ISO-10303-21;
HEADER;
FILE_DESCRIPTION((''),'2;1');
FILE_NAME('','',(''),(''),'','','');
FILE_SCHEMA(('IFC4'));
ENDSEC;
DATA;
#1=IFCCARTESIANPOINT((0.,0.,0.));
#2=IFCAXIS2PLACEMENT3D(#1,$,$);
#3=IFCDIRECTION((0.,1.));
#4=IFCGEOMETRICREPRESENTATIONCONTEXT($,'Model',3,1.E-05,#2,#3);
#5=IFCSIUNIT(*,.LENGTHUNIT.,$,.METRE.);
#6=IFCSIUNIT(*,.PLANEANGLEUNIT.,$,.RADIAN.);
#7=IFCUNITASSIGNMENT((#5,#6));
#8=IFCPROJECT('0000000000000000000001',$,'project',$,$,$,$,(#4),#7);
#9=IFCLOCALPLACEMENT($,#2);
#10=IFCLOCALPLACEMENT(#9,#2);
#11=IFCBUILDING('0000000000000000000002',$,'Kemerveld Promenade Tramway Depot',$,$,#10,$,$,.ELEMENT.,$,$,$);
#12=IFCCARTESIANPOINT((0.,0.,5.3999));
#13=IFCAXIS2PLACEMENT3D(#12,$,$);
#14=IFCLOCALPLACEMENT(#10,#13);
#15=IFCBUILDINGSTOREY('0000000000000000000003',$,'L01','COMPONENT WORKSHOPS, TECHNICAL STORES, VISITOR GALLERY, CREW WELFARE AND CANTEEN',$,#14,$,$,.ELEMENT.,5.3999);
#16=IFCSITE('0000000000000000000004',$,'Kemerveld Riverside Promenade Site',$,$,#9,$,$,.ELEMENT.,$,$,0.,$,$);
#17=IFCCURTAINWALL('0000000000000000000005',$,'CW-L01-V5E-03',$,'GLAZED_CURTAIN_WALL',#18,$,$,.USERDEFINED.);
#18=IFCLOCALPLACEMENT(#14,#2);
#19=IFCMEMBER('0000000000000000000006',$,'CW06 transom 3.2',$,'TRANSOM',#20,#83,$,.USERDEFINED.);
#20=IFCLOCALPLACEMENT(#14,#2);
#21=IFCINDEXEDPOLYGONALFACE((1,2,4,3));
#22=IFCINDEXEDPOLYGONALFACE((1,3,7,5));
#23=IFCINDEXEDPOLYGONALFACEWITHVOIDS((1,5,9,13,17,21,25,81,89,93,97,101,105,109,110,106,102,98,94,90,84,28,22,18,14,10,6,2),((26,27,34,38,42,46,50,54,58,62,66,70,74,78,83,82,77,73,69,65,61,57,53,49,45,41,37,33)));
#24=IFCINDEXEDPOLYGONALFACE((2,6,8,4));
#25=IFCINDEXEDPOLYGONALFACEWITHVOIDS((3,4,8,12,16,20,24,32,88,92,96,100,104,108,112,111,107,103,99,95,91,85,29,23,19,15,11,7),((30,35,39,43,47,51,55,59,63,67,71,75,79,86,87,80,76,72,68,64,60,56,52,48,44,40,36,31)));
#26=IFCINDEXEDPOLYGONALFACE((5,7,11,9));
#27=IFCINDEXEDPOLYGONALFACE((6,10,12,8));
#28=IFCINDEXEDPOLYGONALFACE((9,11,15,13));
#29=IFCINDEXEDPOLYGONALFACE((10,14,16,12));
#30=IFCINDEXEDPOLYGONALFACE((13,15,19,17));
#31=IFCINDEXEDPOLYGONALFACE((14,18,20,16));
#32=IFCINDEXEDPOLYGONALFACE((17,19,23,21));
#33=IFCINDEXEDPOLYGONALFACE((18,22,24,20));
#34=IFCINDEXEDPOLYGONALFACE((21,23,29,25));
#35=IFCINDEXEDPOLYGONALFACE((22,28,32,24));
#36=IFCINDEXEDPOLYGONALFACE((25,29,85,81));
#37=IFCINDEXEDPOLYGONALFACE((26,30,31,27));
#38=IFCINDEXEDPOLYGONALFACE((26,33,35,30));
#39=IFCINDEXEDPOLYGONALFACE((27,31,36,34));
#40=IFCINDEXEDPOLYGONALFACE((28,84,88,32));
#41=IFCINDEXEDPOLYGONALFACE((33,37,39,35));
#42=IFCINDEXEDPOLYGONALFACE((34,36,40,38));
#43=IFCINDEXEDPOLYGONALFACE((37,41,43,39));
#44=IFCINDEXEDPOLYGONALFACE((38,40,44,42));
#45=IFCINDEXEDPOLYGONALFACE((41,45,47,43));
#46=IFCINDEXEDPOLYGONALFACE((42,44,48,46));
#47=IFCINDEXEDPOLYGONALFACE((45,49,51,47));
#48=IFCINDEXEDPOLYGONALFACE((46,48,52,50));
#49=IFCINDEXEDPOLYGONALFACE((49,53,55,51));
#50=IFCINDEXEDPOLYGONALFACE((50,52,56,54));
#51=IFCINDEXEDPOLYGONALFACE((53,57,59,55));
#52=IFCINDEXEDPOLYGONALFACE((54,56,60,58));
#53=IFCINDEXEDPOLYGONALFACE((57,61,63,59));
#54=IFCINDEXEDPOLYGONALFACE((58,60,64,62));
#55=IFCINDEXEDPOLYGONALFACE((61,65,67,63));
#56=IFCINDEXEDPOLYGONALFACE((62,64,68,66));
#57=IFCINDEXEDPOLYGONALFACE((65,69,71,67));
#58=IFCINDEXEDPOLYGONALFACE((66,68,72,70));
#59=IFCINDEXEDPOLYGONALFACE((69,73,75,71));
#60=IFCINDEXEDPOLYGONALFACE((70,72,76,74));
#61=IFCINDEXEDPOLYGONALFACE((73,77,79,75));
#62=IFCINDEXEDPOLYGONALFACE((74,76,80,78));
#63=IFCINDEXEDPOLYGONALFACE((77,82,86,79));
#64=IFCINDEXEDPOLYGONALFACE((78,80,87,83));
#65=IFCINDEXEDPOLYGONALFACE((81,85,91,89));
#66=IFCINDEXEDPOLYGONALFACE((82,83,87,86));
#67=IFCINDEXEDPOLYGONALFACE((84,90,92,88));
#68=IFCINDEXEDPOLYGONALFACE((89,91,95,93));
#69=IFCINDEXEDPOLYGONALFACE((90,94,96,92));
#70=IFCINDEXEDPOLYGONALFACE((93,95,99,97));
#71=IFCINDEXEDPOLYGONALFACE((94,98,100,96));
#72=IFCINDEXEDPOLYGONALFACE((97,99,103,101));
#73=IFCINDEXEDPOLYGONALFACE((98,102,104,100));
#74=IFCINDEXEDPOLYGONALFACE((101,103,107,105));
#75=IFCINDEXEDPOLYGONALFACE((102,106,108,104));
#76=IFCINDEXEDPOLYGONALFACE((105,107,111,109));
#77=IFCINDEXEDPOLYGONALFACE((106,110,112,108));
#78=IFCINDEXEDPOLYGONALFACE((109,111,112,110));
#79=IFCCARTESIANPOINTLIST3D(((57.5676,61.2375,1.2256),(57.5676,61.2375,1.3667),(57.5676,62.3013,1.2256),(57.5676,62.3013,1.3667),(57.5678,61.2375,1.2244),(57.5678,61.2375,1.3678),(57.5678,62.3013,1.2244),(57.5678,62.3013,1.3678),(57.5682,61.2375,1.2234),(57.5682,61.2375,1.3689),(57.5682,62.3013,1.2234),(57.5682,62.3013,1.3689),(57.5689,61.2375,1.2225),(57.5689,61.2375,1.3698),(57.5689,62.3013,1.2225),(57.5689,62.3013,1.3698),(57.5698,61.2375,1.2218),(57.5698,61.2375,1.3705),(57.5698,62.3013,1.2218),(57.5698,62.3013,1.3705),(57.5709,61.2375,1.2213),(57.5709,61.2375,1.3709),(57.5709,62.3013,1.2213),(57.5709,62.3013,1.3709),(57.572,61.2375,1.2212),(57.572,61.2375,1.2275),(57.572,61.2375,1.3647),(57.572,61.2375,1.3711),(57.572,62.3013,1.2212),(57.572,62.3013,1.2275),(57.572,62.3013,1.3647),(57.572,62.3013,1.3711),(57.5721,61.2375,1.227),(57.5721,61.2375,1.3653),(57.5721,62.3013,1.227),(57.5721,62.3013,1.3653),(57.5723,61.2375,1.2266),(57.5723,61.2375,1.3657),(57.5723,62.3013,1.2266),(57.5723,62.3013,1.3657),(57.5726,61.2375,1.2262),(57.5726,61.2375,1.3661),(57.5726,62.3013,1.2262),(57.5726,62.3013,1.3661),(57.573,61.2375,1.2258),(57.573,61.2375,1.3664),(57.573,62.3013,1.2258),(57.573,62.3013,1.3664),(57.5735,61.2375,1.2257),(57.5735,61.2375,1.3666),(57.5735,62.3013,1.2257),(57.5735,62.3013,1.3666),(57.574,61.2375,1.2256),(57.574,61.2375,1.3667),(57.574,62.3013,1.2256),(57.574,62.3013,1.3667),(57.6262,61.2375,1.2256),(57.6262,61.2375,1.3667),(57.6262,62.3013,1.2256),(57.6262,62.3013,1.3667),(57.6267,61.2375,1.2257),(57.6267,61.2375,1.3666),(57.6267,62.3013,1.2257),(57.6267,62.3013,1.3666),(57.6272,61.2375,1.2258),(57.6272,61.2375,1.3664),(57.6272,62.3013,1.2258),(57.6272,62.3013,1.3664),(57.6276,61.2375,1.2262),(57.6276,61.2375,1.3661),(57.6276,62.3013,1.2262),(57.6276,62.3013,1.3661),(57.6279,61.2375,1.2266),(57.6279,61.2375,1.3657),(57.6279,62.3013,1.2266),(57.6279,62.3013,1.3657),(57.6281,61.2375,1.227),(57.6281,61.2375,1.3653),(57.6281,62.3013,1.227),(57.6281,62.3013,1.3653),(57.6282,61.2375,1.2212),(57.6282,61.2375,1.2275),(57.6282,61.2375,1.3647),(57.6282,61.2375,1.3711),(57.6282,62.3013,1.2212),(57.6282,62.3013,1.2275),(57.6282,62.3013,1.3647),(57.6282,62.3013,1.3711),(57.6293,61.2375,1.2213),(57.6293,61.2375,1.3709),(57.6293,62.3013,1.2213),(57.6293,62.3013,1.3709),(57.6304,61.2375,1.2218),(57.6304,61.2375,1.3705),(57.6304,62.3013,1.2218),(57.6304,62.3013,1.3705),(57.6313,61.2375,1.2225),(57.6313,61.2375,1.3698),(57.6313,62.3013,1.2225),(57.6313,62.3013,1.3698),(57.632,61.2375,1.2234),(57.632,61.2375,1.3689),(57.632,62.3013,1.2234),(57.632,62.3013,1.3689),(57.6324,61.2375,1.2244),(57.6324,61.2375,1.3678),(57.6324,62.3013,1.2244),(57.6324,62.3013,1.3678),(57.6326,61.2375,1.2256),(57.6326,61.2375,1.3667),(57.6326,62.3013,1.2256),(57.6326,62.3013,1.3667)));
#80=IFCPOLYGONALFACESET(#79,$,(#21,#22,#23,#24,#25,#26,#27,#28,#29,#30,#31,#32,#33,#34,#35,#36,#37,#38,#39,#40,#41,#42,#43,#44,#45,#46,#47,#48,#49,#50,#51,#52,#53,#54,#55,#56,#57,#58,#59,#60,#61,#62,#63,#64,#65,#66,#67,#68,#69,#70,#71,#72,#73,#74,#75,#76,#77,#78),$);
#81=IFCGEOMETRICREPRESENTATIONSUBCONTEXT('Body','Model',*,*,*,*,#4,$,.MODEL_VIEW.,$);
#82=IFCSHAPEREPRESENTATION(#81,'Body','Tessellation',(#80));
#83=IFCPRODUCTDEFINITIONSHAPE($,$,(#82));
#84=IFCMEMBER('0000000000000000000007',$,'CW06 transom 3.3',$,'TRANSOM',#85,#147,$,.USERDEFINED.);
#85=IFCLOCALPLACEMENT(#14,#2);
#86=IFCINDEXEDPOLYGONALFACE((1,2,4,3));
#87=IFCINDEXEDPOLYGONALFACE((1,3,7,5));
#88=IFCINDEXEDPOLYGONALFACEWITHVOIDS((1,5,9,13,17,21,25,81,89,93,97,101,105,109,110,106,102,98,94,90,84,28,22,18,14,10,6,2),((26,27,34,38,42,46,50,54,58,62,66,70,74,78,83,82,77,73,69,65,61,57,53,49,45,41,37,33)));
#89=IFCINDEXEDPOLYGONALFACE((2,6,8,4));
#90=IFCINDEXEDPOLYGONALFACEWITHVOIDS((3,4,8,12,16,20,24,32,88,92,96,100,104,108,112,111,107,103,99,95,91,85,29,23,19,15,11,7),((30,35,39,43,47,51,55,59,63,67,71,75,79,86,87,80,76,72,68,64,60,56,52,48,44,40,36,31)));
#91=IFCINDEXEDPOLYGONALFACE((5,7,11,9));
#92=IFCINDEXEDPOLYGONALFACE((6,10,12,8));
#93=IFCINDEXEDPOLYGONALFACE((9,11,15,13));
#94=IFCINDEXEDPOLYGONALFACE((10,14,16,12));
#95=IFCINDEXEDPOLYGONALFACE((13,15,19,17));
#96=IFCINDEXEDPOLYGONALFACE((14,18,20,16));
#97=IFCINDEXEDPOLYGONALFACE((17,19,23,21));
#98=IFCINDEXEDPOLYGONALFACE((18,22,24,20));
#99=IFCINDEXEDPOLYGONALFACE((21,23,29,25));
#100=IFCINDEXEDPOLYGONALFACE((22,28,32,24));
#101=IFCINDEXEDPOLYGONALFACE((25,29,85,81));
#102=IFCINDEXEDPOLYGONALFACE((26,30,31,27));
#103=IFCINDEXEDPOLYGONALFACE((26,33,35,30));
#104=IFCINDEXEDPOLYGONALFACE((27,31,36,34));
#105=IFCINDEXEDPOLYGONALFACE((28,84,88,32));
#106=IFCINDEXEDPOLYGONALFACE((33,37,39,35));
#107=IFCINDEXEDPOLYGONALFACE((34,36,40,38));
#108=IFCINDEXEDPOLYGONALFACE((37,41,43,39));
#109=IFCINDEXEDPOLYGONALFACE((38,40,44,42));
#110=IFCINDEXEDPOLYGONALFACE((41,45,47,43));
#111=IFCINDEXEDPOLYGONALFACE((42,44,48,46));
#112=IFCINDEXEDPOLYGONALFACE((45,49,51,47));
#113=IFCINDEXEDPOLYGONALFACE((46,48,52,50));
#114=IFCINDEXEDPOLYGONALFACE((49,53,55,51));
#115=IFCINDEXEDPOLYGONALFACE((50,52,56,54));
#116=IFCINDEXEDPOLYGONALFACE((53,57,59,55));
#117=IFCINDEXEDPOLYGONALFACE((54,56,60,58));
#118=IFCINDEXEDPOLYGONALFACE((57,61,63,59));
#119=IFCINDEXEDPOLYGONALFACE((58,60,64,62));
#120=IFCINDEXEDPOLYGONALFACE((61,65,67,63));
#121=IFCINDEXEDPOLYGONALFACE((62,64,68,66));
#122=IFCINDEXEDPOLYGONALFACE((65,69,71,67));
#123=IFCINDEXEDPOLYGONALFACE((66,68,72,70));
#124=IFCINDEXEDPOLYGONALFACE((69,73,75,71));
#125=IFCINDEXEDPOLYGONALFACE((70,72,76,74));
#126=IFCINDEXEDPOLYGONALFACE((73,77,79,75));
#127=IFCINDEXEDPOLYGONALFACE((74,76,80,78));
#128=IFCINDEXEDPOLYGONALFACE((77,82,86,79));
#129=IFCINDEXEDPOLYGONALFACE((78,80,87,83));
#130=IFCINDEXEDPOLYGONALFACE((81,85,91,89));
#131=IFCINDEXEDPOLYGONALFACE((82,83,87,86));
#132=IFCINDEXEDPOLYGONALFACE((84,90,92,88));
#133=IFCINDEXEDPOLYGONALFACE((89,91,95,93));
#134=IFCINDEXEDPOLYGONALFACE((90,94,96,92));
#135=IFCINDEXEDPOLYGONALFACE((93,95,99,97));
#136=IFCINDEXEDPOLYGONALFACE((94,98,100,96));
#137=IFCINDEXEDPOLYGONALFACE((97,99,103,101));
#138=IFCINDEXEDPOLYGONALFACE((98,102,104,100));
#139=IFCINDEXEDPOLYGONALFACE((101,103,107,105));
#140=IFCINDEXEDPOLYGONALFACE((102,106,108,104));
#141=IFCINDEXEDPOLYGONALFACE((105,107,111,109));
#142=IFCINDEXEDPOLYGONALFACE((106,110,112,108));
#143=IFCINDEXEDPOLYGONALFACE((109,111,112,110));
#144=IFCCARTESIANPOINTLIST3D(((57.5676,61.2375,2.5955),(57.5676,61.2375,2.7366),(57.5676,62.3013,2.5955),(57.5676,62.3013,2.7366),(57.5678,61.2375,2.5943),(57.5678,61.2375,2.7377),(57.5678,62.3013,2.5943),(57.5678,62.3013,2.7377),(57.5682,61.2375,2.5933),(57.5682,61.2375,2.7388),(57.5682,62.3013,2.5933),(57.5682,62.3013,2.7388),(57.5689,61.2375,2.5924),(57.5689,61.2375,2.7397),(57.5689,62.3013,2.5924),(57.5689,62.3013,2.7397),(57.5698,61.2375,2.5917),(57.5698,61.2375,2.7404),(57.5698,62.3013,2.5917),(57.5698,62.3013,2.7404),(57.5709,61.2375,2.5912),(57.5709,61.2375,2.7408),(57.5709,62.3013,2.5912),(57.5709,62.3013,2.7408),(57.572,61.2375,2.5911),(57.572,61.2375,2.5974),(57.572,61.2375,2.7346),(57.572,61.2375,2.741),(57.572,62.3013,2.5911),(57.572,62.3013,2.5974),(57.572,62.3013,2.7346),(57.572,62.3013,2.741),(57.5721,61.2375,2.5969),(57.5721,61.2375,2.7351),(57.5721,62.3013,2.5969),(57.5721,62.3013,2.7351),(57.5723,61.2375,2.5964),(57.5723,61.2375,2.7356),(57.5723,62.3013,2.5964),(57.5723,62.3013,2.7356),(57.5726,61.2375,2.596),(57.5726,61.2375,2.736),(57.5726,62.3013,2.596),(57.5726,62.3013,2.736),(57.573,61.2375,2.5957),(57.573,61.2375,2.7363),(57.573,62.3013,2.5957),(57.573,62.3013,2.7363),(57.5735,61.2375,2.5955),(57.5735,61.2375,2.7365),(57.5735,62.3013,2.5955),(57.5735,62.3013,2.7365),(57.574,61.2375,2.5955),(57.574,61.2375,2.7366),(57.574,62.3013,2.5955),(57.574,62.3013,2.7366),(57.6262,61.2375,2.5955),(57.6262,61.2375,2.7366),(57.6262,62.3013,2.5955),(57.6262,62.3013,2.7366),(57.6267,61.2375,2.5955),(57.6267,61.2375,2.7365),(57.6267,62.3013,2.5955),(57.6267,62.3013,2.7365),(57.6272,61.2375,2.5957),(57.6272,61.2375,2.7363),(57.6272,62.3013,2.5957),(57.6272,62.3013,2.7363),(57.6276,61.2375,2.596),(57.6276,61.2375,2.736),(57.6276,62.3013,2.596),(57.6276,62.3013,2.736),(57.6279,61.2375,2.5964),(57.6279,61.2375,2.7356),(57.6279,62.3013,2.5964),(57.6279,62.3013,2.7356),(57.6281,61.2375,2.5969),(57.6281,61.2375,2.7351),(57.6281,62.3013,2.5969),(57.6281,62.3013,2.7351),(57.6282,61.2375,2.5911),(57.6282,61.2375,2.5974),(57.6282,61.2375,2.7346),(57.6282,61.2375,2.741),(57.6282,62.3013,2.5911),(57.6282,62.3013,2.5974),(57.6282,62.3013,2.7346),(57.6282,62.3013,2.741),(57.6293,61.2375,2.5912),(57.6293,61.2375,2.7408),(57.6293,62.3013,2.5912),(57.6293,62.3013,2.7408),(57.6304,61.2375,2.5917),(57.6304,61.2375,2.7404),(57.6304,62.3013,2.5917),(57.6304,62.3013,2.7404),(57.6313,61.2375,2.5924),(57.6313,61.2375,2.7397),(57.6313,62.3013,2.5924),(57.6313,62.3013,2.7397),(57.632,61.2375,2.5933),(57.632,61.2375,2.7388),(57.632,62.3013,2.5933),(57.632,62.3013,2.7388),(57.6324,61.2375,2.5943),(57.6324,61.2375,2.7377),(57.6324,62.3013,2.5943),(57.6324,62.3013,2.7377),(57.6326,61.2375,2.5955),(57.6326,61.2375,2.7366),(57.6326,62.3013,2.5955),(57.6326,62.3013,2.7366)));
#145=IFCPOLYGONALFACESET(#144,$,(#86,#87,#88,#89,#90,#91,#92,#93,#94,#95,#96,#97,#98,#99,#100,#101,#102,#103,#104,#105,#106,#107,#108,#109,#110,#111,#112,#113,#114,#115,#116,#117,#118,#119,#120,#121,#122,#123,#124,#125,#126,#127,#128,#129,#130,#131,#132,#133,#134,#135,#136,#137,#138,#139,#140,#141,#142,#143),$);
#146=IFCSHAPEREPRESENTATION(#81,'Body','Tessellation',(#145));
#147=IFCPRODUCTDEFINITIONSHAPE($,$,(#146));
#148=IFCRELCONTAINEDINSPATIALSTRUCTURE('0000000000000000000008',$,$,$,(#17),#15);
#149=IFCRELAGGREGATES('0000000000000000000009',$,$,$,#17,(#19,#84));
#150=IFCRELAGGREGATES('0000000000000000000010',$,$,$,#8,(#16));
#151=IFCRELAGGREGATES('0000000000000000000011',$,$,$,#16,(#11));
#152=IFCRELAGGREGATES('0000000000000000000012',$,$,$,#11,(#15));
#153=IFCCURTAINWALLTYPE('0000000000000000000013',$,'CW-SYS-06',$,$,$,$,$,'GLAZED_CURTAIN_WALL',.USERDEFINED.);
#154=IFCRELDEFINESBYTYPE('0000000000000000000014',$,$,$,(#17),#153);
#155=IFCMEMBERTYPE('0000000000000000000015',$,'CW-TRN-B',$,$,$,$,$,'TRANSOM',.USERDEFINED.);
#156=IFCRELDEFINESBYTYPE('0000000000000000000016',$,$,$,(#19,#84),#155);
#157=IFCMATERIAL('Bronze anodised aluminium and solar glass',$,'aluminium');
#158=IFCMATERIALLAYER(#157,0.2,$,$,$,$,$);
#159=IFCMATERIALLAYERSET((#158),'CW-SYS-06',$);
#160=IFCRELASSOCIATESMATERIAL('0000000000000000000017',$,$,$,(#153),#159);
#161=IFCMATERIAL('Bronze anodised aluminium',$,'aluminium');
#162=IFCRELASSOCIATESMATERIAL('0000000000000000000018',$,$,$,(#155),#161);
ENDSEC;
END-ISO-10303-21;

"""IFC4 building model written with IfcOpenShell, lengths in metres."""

from ifc_helpers import new_model, si_unit, direction, frame, origin, origin_2d, place, context, subcontext, project, spatial, hollow_rectangle, extrude, material, layer, layer_set, material_profile, profile_set, type_object, element, aggregate, save


model = new_model("IFC4")

# Units and contexts
model_context = context("Model", 3, precision=1e-05, world=origin(), true_north=direction((0.0, 1.0)))
body_context = subcontext(model_context, "Body", "Model", "MODEL_VIEW")
ifc_project = project(units=[si_unit("LENGTHUNIT", "METRE"), si_unit("PLANEANGLEUNIT", "RADIAN")], contexts=[model_context])

# Site, building, storey
site_placement = place(None, origin())
site = spatial("IfcSite", under=ifc_project, at=site_placement, Name="Kemerveld Riverside Promenade Site", CompositionType="ELEMENT", RefElevation=0.0)
building_placement = place(site_placement, origin())
building = spatial("IfcBuilding", under=site, at=building_placement, Name="Kemerveld Promenade Tramway Depot", CompositionType="ELEMENT")
storey_placement = place(building_placement, frame((0.0, 0.0, 5.3999)))
storey = spatial("IfcBuildingStorey", under=building, at=storey_placement, Name="L01", Description="COMPONENT WORKSHOPS, TECHNICAL STORES, VISITOR GALLERY, CREW WELFARE AND CANTEEN", CompositionType="ELEMENT", Elevation=5.3999)

# Curtain wall, members
ifc_material_1 = material(Name="Bronze anodised aluminium and solar glass", Category="aluminium")
ifc_layer_1 = layer(ifc_material_1, 0.2)
ifc_layer_set_1 = layer_set([ifc_layer_1], Name="CW-SYS-06")
curtain_wall_type = type_object("IfcCurtainWallType", Name="CW-SYS-06", ElementType="GLAZED_CURTAIN_WALL", PredefinedType="USERDEFINED", material=ifc_layer_set_1)
curtain_wall_placement = place(storey_placement, origin())
curtain_wall = element("IfcCurtainWall", 1, at=curtain_wall_placement, inside=storey, type_object=curtain_wall_type, Name="CW-L01-V5E-03", ObjectType="GLAZED_CURTAIN_WALL", PredefinedType="USERDEFINED")
ifc_material_2 = material(Name="Bronze anodised aluminium", Category="aluminium")
ifc_material_profile_1 = material_profile(ifc_material_2, hollow_rectangle(XDim=0.0649, YDim=0.1499, WallThickness=0.0044, InnerFilletRadius=0.002, OuterFilletRadius=0.0044, at=origin_2d()), Name="CW-TRN-150x65")
ifc_profile_set_1 = profile_set([ifc_material_profile_1], Name="Bronze anodised aluminium")
member_type_1 = type_object("IfcMemberType", Name="CW-TRN-B", ElementType="TRANSOM", PredefinedType="USERDEFINED", material=ifc_profile_set_1)
member_1_placement = place(storey_placement, frame((57.6001, 62.3013, 1.2961), z_axis=(0.0, -1.0, 0.0), x_axis=(1.0, 0.0, 0.0)))
member_1 = element("IfcMember", 2, at=member_1_placement, type_object=member_type_1, Name="CW06 transom 3.2", ObjectType="TRANSOM", PredefinedType="USERDEFINED", context=body_context, shape_type="SweptSolid", body=[
    extrude(hollow_rectangle(XDim=0.0649, YDim=0.1499, WallThickness=0.0044, InnerFilletRadius=0.002, OuterFilletRadius=0.0044, at=origin_2d()), origin(), (0.0, 0.0, 1.0), 1.0637),
])
member_2_placement = place(storey_placement, frame((57.6001, 62.3013, 2.666), z_axis=(0.0, -1.0, 0.0), x_axis=(1.0, 0.0, 0.0)))
member_2 = element("IfcMember", 3, at=member_2_placement, type_object=member_type_1, Name="CW06 transom 3.3", ObjectType="TRANSOM", PredefinedType="USERDEFINED", context=body_context, shape_type="SweptSolid", body=[
    extrude(hollow_rectangle(XDim=0.0649, YDim=0.1499, WallThickness=0.0044, InnerFilletRadius=0.002, OuterFilletRadius=0.0044, at=origin_2d()), origin(), (0.0, 0.0, 1.0), 1.0637),
])
aggregate(curtain_wall, [member_1, member_2])

save(model, "model.ifc")
